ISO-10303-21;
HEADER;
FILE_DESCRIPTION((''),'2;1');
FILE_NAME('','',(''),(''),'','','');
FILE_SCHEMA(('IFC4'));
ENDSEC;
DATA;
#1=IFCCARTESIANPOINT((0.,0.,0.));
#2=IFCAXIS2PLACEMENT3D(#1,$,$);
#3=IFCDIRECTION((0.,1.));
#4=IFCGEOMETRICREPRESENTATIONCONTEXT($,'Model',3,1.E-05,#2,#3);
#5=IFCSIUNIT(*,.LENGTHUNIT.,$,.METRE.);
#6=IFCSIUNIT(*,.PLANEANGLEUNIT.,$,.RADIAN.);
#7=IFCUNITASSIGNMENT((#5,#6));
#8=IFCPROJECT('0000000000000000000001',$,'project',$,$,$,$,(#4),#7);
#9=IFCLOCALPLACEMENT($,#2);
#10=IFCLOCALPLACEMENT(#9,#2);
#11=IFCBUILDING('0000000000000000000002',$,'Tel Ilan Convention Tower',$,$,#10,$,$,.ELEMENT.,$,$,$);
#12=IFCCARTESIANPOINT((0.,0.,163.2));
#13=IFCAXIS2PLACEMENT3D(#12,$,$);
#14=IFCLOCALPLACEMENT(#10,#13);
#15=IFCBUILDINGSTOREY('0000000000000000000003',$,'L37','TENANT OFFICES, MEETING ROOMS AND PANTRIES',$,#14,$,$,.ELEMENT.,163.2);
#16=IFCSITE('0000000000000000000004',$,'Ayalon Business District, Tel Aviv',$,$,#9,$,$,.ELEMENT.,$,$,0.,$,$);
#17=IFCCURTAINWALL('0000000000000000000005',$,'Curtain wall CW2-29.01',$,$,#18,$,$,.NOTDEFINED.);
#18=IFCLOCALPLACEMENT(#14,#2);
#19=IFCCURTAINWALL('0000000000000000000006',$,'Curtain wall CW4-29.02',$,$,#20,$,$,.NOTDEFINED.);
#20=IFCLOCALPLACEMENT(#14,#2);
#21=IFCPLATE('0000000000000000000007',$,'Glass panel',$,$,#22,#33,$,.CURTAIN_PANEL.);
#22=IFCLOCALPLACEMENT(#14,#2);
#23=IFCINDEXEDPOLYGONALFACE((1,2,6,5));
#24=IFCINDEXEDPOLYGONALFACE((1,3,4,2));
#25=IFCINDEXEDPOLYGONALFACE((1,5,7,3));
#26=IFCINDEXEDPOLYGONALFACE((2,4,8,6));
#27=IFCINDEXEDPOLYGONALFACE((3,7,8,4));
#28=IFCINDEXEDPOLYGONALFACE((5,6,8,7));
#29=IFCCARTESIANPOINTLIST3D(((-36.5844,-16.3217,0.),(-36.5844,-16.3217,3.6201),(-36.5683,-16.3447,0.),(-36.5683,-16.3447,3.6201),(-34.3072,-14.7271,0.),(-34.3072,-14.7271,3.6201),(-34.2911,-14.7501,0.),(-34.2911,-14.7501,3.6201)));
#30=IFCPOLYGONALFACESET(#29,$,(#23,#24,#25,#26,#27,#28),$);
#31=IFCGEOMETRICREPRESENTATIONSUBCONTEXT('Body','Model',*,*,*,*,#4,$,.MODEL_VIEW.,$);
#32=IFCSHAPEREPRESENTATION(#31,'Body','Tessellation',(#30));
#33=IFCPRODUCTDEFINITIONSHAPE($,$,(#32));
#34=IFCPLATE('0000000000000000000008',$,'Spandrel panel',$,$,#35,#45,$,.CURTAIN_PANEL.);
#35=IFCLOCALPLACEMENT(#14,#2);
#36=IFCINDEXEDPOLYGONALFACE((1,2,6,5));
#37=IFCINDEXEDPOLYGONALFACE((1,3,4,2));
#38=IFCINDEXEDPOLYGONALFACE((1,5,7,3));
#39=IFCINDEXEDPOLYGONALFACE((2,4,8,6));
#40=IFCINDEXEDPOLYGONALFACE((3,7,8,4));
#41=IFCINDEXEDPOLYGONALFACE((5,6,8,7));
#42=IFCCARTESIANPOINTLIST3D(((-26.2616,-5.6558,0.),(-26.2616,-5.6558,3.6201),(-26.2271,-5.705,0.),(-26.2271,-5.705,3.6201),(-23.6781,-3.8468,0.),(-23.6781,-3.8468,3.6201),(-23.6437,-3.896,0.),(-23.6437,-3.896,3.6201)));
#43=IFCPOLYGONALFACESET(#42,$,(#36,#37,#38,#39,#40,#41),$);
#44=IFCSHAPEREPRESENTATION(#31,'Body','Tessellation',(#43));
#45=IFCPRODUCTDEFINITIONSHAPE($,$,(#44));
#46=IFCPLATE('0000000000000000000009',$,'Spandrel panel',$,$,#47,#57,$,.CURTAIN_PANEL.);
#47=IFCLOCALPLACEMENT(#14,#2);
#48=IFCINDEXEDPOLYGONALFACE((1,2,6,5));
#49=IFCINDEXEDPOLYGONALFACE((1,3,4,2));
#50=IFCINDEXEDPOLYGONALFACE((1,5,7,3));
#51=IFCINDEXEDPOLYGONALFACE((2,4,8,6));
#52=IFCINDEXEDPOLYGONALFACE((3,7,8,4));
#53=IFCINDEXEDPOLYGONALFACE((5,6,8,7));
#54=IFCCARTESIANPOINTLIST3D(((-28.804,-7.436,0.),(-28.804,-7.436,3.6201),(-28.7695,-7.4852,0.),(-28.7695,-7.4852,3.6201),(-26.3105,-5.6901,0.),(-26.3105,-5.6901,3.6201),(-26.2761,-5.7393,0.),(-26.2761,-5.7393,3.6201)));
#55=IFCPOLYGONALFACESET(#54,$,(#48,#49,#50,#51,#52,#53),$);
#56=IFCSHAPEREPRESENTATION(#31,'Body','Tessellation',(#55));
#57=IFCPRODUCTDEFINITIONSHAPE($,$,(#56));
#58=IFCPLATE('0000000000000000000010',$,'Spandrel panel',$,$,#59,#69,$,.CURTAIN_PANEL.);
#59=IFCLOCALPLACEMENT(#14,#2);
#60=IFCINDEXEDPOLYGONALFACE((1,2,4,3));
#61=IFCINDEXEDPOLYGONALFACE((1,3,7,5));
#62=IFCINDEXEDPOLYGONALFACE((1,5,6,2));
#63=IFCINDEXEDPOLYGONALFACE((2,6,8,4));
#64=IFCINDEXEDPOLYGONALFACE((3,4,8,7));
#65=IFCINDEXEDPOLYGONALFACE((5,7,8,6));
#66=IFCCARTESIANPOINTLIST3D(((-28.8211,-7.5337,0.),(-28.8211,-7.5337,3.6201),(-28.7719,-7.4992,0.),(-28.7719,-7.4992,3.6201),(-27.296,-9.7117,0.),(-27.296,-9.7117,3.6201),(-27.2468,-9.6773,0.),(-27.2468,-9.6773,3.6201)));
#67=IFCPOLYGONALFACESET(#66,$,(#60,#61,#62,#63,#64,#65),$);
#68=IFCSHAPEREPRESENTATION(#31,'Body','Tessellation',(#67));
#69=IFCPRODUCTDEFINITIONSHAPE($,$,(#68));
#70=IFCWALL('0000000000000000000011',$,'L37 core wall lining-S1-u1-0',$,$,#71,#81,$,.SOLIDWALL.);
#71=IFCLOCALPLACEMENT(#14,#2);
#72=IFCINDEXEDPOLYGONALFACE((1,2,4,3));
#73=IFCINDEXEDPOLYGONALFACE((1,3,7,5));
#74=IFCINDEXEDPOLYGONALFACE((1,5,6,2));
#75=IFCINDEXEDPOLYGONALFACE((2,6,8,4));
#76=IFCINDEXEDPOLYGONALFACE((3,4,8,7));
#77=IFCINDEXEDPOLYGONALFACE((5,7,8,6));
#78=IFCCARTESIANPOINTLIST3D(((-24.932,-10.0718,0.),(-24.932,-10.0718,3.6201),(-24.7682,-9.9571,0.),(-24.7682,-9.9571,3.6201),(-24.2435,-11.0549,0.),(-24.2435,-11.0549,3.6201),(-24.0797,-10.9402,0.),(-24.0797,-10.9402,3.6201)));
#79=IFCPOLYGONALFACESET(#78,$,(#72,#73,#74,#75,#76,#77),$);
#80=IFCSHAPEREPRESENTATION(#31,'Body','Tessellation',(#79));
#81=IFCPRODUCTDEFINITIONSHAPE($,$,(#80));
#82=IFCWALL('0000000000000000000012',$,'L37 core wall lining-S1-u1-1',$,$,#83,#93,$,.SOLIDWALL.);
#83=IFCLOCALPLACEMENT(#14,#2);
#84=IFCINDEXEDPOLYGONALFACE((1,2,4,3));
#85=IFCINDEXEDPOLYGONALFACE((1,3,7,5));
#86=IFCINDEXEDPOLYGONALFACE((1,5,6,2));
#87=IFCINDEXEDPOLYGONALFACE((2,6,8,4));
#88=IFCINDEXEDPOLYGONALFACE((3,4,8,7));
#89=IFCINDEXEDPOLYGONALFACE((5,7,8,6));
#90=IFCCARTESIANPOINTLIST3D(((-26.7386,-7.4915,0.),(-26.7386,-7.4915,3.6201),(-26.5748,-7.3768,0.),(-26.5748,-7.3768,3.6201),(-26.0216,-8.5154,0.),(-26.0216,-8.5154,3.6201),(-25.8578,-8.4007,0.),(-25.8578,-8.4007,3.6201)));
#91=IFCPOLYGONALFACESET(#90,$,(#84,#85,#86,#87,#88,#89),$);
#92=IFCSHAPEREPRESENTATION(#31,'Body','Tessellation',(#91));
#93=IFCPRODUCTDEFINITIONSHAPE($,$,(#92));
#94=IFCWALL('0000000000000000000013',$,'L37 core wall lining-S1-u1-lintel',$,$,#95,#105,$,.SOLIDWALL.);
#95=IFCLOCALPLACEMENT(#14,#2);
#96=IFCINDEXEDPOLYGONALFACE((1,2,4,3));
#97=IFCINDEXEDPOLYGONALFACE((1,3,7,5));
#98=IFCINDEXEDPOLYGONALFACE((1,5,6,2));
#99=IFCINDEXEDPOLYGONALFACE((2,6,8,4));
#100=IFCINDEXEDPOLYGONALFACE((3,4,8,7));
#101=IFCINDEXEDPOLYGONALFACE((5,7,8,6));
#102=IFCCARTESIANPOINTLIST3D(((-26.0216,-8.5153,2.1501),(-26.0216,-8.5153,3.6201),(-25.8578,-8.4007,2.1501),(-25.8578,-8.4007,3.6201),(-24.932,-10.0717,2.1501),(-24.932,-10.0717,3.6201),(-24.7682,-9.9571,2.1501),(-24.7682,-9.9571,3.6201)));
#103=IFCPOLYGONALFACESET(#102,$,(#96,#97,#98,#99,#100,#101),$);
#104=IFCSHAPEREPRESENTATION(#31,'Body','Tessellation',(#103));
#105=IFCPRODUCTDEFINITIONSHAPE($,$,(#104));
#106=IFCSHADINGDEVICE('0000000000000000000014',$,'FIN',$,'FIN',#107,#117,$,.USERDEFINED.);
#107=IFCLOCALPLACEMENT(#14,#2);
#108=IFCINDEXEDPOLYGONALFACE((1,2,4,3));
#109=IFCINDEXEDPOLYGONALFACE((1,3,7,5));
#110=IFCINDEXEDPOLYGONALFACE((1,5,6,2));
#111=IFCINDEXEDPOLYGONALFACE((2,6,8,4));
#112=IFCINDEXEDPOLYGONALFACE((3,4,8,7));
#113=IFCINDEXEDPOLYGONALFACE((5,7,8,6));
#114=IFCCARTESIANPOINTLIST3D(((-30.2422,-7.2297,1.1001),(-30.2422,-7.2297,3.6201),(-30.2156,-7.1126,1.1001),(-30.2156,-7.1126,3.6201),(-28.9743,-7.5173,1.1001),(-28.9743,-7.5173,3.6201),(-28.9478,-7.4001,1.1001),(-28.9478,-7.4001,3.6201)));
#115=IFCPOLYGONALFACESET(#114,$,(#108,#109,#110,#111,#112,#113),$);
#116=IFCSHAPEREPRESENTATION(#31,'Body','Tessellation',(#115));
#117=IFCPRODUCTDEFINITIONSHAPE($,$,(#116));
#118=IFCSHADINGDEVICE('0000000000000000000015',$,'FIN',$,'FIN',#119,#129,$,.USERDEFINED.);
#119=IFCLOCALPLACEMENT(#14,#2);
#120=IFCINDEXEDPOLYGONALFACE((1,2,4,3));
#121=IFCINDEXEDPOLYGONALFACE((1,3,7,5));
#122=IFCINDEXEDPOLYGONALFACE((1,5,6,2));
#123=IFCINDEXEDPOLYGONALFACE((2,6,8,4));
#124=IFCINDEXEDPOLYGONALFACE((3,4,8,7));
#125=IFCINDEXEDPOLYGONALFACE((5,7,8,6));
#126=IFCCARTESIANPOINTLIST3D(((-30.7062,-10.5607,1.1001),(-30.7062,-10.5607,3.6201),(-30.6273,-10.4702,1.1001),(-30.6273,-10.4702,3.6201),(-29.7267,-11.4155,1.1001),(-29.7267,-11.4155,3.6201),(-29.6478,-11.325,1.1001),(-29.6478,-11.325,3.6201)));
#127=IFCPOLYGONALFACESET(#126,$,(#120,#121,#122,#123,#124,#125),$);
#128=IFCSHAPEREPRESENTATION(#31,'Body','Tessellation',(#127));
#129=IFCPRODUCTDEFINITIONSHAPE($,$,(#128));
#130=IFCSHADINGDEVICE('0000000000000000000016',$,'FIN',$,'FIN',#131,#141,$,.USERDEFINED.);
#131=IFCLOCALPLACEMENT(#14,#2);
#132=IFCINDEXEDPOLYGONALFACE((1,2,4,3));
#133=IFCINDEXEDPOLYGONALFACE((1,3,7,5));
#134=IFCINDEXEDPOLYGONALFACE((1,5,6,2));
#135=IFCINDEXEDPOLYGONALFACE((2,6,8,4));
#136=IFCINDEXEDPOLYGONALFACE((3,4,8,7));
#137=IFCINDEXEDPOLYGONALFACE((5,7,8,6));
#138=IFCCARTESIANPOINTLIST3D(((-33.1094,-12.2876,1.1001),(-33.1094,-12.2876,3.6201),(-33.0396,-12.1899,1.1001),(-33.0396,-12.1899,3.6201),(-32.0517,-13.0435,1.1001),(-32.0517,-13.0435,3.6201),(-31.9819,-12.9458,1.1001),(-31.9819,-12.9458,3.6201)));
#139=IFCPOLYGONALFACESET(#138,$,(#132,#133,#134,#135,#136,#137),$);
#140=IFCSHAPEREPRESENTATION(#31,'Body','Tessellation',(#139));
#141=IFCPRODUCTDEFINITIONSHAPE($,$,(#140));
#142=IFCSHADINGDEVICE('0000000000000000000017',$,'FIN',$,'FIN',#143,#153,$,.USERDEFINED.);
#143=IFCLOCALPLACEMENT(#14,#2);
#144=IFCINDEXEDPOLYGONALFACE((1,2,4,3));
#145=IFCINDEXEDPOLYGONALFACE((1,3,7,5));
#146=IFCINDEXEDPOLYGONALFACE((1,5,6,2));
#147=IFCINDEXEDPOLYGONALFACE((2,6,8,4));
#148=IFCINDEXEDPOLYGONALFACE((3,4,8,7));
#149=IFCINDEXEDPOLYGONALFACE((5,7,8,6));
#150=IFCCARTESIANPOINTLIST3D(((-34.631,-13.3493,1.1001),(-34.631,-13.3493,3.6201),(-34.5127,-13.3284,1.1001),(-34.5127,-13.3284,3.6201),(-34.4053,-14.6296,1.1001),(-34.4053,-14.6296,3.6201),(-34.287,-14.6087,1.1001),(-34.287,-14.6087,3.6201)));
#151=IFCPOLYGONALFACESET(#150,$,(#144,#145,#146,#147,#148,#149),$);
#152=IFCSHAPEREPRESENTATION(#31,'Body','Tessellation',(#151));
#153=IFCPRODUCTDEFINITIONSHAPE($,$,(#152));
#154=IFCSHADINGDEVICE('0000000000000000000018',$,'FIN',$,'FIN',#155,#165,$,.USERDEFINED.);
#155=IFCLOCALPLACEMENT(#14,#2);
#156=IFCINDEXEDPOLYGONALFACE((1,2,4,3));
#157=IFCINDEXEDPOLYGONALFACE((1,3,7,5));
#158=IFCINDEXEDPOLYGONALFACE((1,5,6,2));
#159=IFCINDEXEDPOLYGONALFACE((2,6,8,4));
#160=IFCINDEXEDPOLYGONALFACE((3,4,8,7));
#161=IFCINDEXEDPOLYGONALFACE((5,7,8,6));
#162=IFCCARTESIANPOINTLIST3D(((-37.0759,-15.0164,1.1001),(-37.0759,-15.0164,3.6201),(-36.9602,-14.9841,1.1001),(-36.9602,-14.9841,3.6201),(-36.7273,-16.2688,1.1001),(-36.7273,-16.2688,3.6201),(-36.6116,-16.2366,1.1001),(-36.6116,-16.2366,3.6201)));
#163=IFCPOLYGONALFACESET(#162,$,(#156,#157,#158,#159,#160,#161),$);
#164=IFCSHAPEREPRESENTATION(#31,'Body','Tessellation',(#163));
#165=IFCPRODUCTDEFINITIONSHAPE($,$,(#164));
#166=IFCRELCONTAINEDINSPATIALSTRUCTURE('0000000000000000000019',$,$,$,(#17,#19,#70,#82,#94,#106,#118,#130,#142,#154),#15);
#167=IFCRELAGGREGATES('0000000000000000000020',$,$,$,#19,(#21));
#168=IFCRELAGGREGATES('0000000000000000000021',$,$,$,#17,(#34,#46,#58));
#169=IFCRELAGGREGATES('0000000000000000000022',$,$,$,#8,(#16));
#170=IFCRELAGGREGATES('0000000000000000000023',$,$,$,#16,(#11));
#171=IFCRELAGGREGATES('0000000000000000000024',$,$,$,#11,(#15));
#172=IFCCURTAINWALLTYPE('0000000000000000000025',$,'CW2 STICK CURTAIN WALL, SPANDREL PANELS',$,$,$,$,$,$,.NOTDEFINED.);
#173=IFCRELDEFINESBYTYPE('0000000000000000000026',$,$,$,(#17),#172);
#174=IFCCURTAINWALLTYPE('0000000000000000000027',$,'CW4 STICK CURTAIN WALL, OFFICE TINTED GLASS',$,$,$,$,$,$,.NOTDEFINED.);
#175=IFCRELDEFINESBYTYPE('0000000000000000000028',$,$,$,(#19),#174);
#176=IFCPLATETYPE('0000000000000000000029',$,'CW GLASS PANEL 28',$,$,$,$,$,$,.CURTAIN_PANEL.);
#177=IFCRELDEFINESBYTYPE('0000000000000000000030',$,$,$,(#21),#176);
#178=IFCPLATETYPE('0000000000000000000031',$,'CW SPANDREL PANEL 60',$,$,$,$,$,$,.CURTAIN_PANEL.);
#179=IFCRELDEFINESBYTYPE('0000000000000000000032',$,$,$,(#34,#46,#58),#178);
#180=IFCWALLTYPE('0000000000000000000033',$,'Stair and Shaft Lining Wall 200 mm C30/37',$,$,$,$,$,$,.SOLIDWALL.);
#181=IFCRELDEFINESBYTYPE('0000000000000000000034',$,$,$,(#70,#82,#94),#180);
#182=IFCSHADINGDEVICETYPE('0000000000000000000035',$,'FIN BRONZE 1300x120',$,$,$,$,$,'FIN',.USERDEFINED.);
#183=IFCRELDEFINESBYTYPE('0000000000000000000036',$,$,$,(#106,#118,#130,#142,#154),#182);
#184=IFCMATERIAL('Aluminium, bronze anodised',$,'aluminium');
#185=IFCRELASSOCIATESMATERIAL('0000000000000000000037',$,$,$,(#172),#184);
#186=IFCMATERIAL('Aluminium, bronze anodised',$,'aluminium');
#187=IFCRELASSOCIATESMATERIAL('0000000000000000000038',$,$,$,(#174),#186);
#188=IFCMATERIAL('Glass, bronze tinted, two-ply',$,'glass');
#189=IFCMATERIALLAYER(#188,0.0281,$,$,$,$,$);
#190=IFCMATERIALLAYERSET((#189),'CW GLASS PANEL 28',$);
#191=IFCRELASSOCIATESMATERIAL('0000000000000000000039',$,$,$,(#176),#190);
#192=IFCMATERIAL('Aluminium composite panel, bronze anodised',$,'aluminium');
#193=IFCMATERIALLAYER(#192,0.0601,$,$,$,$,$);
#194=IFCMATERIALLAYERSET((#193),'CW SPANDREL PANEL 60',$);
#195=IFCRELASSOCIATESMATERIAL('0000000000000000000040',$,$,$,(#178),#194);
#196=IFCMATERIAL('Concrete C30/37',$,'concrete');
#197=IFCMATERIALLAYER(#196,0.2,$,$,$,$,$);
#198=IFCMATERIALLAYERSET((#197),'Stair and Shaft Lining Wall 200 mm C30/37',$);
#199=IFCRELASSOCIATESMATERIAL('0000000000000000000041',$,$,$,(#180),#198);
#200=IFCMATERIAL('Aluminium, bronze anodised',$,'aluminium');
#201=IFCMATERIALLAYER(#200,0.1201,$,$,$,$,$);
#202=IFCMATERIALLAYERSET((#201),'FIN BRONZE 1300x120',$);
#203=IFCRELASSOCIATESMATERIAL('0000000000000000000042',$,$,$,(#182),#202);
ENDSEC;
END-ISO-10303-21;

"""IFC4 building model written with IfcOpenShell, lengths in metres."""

from ifc_helpers import new_model, si_unit, direction, frame, frame_2d, origin, origin_2d, place, context, subcontext, project, spatial, rectangle, extrude, material, layer, layer_set, type_object, element, aggregate, save


model = new_model("IFC4")

# Units and contexts
model_context = context("Model", 3, precision=1e-05, world=origin(), true_north=direction((0.0, 1.0)))
body_context = subcontext(model_context, "Body", "Model", "MODEL_VIEW")
ifc_project = project(units=[si_unit("LENGTHUNIT", "METRE"), si_unit("PLANEANGLEUNIT", "RADIAN")], contexts=[model_context])

# Site, building, storey
site_placement = place(None, origin())
site = spatial("IfcSite", under=ifc_project, at=site_placement, Name="Ayalon Business District, Tel Aviv", CompositionType="ELEMENT", RefElevation=0.0)
building_placement = place(site_placement, origin())
building = spatial("IfcBuilding", under=site, at=building_placement, Name="Tel Ilan Convention Tower", CompositionType="ELEMENT")
storey_placement = place(building_placement, frame((0.0, 0.0, 163.2)))
storey = spatial("IfcBuildingStorey", under=building, at=storey_placement, Name="L37", Description="TENANT OFFICES, MEETING ROOMS AND PANTRIES", CompositionType="ELEMENT", Elevation=163.2)

# Curtain wall
ifc_material_1 = material(Name="Aluminium, bronze anodised", Category="aluminium")
curtain_wall_type_1 = type_object("IfcCurtainWallType", Name="CW2 STICK CURTAIN WALL, SPANDREL PANELS", PredefinedType="NOTDEFINED", material=ifc_material_1)
curtain_wall_1_placement = place(storey_placement, origin())
curtain_wall_1 = element("IfcCurtainWall", 1, at=curtain_wall_1_placement, inside=storey, type_object=curtain_wall_type_1, Name="Curtain wall CW2-29.01", PredefinedType="NOTDEFINED")

# Curtain wall, plate
ifc_material_2 = material(Name="Aluminium, bronze anodised", Category="aluminium")
curtain_wall_type_2 = type_object("IfcCurtainWallType", Name="CW4 STICK CURTAIN WALL, OFFICE TINTED GLASS", PredefinedType="NOTDEFINED", material=ifc_material_2)
curtain_wall_2_placement = place(storey_placement, origin())
curtain_wall_2 = element("IfcCurtainWall", 2, at=curtain_wall_2_placement, inside=storey, type_object=curtain_wall_type_2, Name="Curtain wall CW4-29.02", PredefinedType="NOTDEFINED")
ifc_material_3 = material(Name="Glass, bronze tinted, two-ply", Category="glass")
ifc_layer_1 = layer(ifc_material_3, 0.0281)
ifc_layer_set_1 = layer_set([ifc_layer_1], Name="CW GLASS PANEL 28")
plate_type_1 = type_object("IfcPlateType", Name="CW GLASS PANEL 28", PredefinedType="CURTAIN_PANEL", material=ifc_layer_set_1)
plate_1_placement = place(storey_placement, frame((-35.4377, -15.5359, 0.0), z_axis=(0.0, 0.0, 1.0), x_axis=(-0.819152, -0.573576, 0.0)))
plate_1 = element("IfcPlate", 3, at=plate_1_placement, type_object=plate_type_1, Name="Glass panel", PredefinedType="CURTAIN_PANEL", context=body_context, shape_type="SweptSolid", body=[
    extrude(rectangle(XDim=2.78, YDim=0.0281, at=origin_2d()), origin(), (0.0, 0.0, 1.0), 3.6201),
])
aggregate(curtain_wall_2, [plate_1])

# Plates
ifc_material_4 = material(Name="Aluminium composite panel, bronze anodised", Category="aluminium")
ifc_layer_2 = layer(ifc_material_4, 0.0601)
ifc_layer_set_2 = layer_set([ifc_layer_2], Name="CW SPANDREL PANEL 60")
plate_type_2 = type_object("IfcPlateType", Name="CW SPANDREL PANEL 60", PredefinedType="CURTAIN_PANEL", material=ifc_layer_set_2)
plate_2_placement = place(storey_placement, frame((-24.9526, -4.7759, 0.0), z_axis=(0.0, 0.0, 1.0), x_axis=(-0.819152, -0.573576, 0.0)))
plate_2 = element("IfcPlate", 4, at=plate_2_placement, type_object=plate_type_2, Name="Spandrel panel", PredefinedType="CURTAIN_PANEL", context=body_context, shape_type="SweptSolid", body=[
    extrude(rectangle(XDim=3.1538, YDim=0.0601, at=origin_2d()), origin(), (0.0, 0.0, 1.0), 3.6201),
])
plate_3_placement = place(storey_placement, frame((-27.54, -6.5876, 0.0), z_axis=(0.0, 0.0, 1.0), x_axis=(-0.819152, -0.573576, 0.0)))
plate_3 = element("IfcPlate", 5, at=plate_3_placement, type_object=plate_type_2, Name="Spandrel panel", PredefinedType="CURTAIN_PANEL", context=body_context, shape_type="SweptSolid", body=[
    extrude(rectangle(XDim=3.0439, YDim=0.0601, at=origin_2d()), origin(), (0.0, 0.0, 1.0), 3.6201),
])
plate_4_placement = place(storey_placement, frame((-28.0339, -8.6055, 0.0), z_axis=(0.0, 0.0, 1.0), x_axis=(0.573576, -0.819152, 0.0)))
plate_4 = element("IfcPlate", 6, at=plate_4_placement, type_object=plate_type_2, Name="Spandrel panel", PredefinedType="CURTAIN_PANEL", context=body_context, shape_type="SweptSolid", body=[
    extrude(rectangle(XDim=2.6589, YDim=0.0601, at=origin_2d()), origin(), (0.0, 0.0, 1.0), 3.6201),
])
aggregate(curtain_wall_1, [plate_2, plate_3, plate_4])

# Walls
ifc_material_5 = material(Name="Concrete C30/37", Category="concrete")
ifc_layer_3 = layer(ifc_material_5, 0.2)
ifc_layer_set_3 = layer_set([ifc_layer_3], Name="Stair and Shaft Lining Wall 200 mm C30/37")
wall_type = type_object("IfcWallType", Name="Stair and Shaft Lining Wall 200 mm C30/37", PredefinedType="SOLIDWALL", material=ifc_layer_set_3)
wall_1_placement = place(storey_placement, frame((-24.1616, -10.9976, 0.0), z_axis=(0.0, 0.0, 1.0), x_axis=(-0.573613, 0.819127, 0.0)))
element("IfcWall", 7, at=wall_1_placement, inside=storey, type_object=wall_type, Name="L37 core wall lining-S1-u1-0", PredefinedType="SOLIDWALL", context=body_context, shape_type="SweptSolid", body=[
    extrude(rectangle(XDim=1.2002, YDim=0.2, at=frame_2d((0.6001, 0.0))), origin(), (0.0, 0.0, 1.0), 3.6201),
])
wall_2_placement = place(storey_placement, frame((-25.9397, -8.458, 0.0), z_axis=(0.0, 0.0, 1.0), x_axis=(-0.57362, 0.819122, 0.0)))
element("IfcWall", 8, at=wall_2_placement, inside=storey, type_object=wall_type, Name="L37 core wall lining-S1-u1-1", PredefinedType="SOLIDWALL", context=body_context, shape_type="SweptSolid", body=[
    extrude(rectangle(XDim=1.25, YDim=0.2, at=frame_2d((0.625, 0.0))), origin(), (0.0, 0.0, 1.0), 3.6201),
])
wall_3_placement = place(storey_placement, frame((-24.8501, -10.0144, 2.1501), z_axis=(0.0, 0.0, 1.0), x_axis=(-0.573505, 0.819202, 0.0)))
element("IfcWall", 9, at=wall_3_placement, inside=storey, type_object=wall_type, Name="L37 core wall lining-S1-u1-lintel", PredefinedType="SOLIDWALL", context=body_context, shape_type="SweptSolid", body=[
    extrude(rectangle(XDim=1.8999, YDim=0.2, at=frame_2d((0.95, 0.0))), origin(), (0.0, 0.0, 1.0), 1.47),
])

# Shading devices
ifc_material_6 = material(Name="Aluminium, bronze anodised", Category="aluminium")
ifc_layer_4 = layer(ifc_material_6, 0.1201)
ifc_layer_set_4 = layer_set([ifc_layer_4], Name="FIN BRONZE 1300x120")
shading_device_type = type_object("IfcShadingDeviceType", Name="FIN BRONZE 1300x120", ElementType="FIN", PredefinedType="USERDEFINED", material=ifc_layer_set_4)
for number, where, z_axis, x_axis, name in (
    (10, (-29.595, -7.3149, 1.1001), (0.0, 0.0, 1.0), (-0.975235, 0.22117, 0.0), "FIN"),
    (11, (-30.177, -10.9429, 1.1001), (0.0, 0.0, 1.0), (-0.753436, 0.657521, 0.0), "FIN"),
    (12, (-32.5457, -12.6167, 1.1001), (0.0, 0.0, 1.0), (-0.813552, 0.581492, 0.0), "FIN"),
    (13, (-34.459, -13.979, 1.1001), (0.0, 0.0, 1.0), (-0.173648, 0.984808, 0.0), "FIN"),
    (14, (-36.8438, -15.6265, 1.1001), (0.0, 0.0, 1.0), (-0.268173, 0.963371, 0.0), "FIN"),
):
    element("IfcShadingDevice", number, at=place(storey_placement, frame(where, z_axis=z_axis, x_axis=x_axis)), inside=storey, type_object=shading_device_type, Name=name, ObjectType="FIN", PredefinedType="USERDEFINED", context=body_context, shape_type="SweptSolid", body=[
        extrude(rectangle(XDim=1.3, YDim=0.1201, at=origin_2d()), origin(), (0.0, 0.0, 1.0), 2.52),
    ])

save(model, "model.ifc")
